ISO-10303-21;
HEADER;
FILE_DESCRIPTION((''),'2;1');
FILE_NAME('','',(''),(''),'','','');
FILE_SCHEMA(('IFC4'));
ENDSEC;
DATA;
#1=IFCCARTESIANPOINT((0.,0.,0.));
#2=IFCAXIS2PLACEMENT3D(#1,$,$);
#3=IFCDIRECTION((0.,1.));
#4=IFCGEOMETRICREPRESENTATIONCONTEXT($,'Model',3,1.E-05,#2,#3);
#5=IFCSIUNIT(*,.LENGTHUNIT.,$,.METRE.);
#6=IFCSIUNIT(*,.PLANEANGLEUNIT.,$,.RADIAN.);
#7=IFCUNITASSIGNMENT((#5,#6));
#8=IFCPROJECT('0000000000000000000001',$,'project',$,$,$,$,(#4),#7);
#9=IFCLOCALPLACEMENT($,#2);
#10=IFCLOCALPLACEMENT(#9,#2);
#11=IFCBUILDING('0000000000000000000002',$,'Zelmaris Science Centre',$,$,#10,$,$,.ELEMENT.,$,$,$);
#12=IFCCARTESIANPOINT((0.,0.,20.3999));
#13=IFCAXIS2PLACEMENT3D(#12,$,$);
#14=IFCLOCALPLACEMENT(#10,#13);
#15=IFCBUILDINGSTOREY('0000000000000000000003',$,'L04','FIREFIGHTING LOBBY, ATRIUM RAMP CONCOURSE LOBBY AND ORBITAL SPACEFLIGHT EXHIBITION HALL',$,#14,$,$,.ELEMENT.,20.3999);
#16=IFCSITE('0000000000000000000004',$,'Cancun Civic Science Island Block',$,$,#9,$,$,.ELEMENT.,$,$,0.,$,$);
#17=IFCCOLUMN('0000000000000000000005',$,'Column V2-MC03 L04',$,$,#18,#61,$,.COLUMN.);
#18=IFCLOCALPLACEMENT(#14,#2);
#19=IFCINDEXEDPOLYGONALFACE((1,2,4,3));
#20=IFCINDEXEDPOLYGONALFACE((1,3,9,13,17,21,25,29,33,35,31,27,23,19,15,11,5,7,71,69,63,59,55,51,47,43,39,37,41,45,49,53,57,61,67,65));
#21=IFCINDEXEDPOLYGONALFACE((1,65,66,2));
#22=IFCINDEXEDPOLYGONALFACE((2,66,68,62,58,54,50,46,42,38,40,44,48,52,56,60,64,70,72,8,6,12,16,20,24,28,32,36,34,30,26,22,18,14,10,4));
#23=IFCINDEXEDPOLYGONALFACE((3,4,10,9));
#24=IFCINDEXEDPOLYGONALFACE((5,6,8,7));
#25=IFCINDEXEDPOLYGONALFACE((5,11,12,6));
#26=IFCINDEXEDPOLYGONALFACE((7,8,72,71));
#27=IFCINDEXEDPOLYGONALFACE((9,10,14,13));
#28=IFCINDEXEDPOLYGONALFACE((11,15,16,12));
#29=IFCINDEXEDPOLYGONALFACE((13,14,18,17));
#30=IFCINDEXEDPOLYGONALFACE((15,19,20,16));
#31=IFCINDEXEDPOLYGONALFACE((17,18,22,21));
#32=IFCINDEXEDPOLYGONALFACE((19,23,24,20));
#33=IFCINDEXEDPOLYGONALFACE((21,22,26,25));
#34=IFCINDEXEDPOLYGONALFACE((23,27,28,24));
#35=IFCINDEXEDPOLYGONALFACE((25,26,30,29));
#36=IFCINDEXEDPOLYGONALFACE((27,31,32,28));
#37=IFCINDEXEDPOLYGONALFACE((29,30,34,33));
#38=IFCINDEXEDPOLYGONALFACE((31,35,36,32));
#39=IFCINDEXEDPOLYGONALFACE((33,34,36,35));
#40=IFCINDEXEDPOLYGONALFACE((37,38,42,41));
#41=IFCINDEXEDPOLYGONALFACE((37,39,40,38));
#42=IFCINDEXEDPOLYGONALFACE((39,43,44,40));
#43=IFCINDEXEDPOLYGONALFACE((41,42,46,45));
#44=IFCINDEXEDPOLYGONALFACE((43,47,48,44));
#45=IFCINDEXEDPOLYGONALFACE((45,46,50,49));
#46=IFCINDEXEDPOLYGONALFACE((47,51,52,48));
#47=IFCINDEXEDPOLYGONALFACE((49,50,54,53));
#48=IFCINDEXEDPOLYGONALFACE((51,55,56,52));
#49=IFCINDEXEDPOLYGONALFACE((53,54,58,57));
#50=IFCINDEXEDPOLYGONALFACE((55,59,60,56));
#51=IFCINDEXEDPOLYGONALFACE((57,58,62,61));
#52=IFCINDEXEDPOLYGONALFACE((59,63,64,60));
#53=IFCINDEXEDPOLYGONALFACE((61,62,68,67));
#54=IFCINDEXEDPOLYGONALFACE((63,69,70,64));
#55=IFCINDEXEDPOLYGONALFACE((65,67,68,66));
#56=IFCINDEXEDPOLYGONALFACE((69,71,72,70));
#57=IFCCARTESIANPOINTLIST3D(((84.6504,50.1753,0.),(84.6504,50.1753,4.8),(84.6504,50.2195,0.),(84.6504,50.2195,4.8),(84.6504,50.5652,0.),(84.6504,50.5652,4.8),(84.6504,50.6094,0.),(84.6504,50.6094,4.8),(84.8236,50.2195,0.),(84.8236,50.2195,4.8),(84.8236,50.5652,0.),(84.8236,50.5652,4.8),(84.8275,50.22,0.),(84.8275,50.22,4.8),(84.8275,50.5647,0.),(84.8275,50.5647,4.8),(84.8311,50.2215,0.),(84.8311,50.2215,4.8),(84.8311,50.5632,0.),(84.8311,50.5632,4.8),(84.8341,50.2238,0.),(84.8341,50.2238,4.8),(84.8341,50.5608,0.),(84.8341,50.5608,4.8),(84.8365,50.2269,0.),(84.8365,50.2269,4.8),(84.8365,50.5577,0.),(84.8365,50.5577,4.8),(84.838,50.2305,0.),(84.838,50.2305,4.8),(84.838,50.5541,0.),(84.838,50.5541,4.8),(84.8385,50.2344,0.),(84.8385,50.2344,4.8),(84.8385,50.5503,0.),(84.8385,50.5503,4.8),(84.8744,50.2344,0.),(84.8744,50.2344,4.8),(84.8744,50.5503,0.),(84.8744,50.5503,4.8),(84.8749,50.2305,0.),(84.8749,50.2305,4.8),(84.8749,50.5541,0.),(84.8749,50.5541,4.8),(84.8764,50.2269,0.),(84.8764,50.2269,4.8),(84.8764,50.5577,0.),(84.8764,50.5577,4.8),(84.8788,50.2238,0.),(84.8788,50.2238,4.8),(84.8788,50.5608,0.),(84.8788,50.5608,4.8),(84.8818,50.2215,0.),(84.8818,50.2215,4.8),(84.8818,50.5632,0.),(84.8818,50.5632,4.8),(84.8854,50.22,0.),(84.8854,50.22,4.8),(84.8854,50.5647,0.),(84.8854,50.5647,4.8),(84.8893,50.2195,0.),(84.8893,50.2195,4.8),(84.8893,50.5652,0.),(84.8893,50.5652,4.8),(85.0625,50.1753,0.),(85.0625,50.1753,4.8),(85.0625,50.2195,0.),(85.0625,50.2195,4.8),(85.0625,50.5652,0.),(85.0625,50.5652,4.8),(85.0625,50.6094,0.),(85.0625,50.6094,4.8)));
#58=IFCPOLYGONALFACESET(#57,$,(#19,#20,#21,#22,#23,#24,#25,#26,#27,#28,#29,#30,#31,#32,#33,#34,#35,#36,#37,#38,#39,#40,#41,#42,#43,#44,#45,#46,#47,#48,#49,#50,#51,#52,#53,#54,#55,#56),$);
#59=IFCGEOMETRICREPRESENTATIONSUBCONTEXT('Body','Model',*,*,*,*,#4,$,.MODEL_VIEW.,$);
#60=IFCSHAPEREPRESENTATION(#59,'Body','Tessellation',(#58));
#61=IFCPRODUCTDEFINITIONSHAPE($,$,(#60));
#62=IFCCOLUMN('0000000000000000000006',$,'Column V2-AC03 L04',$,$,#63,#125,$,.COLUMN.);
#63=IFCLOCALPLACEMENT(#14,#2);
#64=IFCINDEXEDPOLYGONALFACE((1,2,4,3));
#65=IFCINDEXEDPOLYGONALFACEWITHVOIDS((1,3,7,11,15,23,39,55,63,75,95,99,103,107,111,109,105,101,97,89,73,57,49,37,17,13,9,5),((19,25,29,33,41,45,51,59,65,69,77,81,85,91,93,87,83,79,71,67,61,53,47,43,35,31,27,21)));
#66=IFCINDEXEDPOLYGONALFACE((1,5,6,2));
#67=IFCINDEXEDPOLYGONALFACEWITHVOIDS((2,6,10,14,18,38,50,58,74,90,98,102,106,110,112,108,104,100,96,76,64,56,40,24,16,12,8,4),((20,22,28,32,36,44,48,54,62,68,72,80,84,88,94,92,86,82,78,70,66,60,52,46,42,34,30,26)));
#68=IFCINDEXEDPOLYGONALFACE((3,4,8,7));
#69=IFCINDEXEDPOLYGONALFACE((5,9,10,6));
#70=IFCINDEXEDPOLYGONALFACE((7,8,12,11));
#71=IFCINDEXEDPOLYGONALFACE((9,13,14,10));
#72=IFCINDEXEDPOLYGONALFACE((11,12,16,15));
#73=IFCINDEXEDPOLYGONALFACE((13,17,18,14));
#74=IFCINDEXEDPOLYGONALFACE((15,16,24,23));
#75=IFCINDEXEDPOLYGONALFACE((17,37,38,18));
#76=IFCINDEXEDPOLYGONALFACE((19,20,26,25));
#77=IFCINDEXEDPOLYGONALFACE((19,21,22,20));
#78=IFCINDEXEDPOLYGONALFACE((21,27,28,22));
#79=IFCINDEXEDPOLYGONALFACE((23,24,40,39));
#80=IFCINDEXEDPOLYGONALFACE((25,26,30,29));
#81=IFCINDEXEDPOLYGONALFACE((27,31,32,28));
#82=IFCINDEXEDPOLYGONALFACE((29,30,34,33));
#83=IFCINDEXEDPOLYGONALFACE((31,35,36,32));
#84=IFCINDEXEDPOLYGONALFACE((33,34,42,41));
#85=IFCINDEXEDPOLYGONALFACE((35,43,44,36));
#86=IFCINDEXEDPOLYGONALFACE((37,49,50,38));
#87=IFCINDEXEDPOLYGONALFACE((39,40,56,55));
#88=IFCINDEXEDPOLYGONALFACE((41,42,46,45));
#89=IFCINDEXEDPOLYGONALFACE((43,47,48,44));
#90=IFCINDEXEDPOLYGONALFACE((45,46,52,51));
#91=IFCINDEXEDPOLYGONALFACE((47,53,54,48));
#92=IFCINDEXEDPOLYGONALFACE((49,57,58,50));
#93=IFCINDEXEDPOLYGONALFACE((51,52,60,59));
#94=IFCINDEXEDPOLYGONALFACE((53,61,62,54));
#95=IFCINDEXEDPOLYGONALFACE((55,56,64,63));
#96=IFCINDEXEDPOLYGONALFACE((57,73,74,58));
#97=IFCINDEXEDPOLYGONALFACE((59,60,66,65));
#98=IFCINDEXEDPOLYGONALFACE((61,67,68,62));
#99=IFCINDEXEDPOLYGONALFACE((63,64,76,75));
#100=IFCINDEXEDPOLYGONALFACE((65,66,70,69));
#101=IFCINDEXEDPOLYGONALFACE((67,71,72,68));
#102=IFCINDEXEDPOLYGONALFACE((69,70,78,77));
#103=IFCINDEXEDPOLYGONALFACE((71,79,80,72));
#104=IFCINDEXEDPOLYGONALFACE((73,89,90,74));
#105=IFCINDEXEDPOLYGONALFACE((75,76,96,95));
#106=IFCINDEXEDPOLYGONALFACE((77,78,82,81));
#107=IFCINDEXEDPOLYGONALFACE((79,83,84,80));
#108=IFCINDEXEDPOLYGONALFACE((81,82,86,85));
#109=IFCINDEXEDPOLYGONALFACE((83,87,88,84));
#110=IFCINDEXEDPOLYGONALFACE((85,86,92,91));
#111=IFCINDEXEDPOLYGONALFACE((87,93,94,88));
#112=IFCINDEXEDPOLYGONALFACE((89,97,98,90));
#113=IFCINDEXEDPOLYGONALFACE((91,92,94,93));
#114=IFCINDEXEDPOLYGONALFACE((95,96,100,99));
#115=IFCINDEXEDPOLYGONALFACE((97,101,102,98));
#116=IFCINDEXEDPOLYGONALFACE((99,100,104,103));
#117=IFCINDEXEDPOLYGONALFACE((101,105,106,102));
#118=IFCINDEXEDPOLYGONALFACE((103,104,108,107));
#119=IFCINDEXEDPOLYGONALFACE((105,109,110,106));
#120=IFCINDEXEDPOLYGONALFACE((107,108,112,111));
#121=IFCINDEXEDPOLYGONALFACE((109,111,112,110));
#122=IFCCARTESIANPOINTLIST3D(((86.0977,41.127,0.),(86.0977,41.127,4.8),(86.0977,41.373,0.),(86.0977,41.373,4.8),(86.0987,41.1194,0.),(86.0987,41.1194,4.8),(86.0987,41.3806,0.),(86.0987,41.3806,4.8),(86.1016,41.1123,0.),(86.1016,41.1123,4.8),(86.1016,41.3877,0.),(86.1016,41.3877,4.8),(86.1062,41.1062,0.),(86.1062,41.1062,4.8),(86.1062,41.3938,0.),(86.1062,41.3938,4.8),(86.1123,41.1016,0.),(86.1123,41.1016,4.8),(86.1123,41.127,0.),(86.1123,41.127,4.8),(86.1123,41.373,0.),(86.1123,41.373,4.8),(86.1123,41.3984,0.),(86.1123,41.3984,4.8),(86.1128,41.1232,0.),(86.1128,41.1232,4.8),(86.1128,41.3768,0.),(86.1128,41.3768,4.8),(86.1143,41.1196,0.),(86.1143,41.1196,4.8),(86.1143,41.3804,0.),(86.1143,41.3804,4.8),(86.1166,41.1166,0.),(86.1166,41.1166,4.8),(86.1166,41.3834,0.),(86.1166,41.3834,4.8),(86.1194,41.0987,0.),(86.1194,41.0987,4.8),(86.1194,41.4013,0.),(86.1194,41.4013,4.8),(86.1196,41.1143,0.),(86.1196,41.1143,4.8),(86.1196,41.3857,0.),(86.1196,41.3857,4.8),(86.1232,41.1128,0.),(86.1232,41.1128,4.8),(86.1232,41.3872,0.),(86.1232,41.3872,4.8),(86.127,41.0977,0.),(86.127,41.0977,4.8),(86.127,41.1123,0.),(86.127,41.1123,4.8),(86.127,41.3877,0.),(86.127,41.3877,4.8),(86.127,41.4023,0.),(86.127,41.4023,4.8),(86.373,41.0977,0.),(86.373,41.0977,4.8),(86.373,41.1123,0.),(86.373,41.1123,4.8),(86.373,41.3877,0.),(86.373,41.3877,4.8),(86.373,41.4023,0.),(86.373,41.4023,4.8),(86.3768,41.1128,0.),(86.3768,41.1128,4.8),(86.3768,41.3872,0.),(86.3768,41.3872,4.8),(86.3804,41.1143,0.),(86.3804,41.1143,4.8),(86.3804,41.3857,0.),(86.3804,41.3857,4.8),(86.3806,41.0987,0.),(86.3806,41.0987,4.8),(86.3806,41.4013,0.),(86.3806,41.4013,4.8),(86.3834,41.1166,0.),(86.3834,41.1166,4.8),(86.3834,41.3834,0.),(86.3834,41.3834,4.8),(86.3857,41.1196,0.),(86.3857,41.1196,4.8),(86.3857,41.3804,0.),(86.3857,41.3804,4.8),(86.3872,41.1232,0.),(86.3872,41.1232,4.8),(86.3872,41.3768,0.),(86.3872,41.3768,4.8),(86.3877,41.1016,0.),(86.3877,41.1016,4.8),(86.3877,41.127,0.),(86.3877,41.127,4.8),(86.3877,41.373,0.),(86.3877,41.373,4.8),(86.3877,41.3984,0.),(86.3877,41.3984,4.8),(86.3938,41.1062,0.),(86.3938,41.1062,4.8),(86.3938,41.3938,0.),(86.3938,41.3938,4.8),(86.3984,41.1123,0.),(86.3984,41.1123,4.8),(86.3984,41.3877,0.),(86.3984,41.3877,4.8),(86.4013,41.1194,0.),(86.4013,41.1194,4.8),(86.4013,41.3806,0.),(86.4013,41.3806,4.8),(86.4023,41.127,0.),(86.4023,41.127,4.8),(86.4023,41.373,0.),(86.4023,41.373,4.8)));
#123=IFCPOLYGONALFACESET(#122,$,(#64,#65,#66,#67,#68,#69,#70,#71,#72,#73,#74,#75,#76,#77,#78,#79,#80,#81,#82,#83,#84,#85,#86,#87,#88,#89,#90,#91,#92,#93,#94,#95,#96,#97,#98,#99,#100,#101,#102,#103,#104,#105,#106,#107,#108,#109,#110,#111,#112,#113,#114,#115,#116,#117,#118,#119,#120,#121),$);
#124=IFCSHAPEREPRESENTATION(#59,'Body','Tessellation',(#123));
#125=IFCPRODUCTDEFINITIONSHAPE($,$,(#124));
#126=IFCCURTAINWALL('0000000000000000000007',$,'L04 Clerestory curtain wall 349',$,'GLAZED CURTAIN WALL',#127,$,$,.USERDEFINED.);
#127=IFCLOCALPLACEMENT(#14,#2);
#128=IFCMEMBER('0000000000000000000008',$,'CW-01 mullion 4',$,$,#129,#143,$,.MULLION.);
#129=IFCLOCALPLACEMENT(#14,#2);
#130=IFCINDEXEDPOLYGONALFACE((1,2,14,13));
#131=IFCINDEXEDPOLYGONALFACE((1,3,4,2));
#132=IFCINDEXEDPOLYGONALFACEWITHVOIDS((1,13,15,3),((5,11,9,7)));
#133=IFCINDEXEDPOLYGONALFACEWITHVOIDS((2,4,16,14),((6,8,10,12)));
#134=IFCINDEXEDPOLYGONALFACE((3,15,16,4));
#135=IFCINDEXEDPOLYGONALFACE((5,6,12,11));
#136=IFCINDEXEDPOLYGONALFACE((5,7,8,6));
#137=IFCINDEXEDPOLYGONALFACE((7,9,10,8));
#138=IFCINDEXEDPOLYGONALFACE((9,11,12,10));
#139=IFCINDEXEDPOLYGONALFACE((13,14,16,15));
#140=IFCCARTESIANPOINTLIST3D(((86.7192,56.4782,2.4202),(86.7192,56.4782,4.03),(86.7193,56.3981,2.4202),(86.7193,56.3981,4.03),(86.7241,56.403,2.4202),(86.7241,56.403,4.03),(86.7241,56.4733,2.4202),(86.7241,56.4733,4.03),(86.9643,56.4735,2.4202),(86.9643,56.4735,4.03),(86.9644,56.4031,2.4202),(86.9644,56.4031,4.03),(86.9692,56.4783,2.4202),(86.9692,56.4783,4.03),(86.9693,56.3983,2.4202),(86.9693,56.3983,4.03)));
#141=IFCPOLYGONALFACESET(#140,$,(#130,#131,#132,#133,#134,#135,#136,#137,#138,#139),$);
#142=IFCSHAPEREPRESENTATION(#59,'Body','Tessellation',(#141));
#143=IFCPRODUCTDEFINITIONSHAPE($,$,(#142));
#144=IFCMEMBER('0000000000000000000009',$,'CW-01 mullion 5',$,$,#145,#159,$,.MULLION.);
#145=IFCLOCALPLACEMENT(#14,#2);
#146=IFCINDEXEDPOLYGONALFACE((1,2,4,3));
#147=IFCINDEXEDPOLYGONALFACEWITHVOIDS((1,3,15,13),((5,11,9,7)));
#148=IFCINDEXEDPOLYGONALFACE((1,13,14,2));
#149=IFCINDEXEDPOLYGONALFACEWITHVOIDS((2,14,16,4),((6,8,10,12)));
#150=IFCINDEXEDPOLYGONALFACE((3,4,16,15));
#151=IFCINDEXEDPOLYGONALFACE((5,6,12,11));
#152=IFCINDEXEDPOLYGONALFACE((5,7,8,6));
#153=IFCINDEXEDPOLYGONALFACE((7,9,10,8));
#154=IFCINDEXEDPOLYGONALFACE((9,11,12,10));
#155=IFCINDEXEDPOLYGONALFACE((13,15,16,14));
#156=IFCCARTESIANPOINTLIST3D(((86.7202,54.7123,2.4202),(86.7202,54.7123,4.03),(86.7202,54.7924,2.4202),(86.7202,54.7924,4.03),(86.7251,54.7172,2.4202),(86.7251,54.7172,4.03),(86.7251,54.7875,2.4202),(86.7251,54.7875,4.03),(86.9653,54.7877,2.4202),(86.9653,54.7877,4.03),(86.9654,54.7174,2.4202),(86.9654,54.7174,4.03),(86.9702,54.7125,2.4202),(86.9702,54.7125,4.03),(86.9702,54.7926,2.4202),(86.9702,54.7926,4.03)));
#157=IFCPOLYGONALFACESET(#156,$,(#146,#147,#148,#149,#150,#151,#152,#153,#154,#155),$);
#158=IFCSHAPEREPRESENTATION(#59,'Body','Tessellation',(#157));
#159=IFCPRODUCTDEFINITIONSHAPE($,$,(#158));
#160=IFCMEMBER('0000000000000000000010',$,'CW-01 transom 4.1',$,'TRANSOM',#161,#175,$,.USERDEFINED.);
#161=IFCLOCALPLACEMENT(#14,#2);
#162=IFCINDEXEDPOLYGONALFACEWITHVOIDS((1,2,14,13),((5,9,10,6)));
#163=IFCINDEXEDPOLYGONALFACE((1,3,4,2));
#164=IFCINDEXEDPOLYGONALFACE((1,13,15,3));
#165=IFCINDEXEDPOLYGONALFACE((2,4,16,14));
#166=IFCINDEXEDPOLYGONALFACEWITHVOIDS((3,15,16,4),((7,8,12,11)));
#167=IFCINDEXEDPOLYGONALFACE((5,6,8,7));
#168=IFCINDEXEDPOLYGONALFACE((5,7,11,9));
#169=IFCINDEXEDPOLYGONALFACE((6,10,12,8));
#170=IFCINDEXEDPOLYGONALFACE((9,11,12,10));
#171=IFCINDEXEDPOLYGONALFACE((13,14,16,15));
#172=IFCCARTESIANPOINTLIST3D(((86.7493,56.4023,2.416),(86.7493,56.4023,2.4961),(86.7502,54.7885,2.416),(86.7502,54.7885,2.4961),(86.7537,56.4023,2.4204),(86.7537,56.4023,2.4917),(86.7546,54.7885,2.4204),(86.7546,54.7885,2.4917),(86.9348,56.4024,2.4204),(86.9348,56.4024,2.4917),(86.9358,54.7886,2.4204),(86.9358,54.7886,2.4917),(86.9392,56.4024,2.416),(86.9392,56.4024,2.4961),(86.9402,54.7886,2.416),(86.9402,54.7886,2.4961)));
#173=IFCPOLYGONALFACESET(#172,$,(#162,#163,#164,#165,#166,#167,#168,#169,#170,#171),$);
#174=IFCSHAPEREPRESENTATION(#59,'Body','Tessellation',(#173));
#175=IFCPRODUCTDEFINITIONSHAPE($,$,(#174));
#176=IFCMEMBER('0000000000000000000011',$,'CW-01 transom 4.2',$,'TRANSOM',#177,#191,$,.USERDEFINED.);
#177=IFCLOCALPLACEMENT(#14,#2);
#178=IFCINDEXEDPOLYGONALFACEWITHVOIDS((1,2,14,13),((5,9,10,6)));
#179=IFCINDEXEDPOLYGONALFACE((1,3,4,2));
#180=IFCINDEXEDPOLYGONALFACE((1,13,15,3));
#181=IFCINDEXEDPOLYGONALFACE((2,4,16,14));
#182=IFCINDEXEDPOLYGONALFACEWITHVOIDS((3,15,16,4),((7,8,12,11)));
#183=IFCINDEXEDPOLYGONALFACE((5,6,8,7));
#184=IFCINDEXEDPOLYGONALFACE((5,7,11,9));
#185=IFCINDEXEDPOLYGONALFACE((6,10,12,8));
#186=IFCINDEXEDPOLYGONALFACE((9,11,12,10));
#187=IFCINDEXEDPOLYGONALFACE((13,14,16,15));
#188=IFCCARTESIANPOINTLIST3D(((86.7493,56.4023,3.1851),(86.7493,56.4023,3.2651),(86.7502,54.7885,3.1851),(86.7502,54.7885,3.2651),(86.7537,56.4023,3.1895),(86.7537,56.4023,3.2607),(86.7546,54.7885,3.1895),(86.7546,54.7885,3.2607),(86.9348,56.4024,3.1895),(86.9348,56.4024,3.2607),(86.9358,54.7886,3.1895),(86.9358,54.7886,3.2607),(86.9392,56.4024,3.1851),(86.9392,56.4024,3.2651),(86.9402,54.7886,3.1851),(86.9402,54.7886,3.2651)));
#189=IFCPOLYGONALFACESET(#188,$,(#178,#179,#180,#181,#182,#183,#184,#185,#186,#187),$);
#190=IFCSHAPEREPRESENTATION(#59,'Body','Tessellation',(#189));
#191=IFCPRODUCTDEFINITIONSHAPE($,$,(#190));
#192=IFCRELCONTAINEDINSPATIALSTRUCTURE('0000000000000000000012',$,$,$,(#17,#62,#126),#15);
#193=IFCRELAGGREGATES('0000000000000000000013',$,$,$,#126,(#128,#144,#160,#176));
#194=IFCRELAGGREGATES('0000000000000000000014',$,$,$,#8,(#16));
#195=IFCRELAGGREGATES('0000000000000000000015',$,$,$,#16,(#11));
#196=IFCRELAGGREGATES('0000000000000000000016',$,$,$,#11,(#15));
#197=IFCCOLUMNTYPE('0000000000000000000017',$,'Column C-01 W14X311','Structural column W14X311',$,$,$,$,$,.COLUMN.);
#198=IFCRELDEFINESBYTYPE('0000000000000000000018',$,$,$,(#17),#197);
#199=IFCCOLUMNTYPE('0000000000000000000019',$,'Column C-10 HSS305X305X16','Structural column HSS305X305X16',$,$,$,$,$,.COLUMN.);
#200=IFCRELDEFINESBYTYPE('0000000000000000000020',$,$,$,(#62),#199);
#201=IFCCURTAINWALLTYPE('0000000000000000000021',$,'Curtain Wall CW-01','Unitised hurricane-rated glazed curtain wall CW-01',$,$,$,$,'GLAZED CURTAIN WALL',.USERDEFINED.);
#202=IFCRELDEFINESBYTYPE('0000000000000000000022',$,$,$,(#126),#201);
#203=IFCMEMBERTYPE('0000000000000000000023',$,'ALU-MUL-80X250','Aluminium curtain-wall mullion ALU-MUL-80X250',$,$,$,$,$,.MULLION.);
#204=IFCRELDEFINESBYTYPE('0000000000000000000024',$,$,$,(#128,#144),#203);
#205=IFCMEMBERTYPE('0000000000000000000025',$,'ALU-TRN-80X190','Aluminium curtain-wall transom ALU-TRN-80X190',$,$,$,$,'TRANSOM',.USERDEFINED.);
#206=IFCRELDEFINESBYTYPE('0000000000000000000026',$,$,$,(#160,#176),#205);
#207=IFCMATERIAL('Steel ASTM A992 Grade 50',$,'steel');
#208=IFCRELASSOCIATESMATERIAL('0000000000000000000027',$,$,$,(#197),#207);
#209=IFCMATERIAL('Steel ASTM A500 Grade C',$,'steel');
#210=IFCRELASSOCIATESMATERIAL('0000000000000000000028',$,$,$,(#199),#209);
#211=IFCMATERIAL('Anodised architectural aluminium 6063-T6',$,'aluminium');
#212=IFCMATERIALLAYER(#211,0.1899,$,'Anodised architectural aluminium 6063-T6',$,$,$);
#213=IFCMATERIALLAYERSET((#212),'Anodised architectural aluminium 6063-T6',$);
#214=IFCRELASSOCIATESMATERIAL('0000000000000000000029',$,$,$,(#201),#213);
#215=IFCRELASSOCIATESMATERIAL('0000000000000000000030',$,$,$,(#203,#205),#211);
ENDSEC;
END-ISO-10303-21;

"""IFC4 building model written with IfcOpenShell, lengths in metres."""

from ifc_helpers import new_model, si_unit, direction, frame, origin, origin_2d, place, context, subcontext, project, spatial, hollow_rectangle, i_section, extrude, material, layer, layer_set, material_profile, profile_set, type_object, element, aggregate, save


model = new_model("IFC4")

# Units and contexts
model_context = context("Model", 3, precision=1e-05, world=origin(), true_north=direction((0.0, 1.0)))
body_context = subcontext(model_context, "Body", "Model", "MODEL_VIEW")
ifc_project = project(units=[si_unit("LENGTHUNIT", "METRE"), si_unit("PLANEANGLEUNIT", "RADIAN")], contexts=[model_context])

# Site, building, storey
site_placement = place(None, origin())
site = spatial("IfcSite", under=ifc_project, at=site_placement, Name="Cancun Civic Science Island Block", CompositionType="ELEMENT", RefElevation=0.0)
building_placement = place(site_placement, origin())
building = spatial("IfcBuilding", under=site, at=building_placement, Name="Zelmaris Science Centre", CompositionType="ELEMENT")
storey_placement = place(building_placement, frame((0.0, 0.0, 20.3999)))
storey = spatial("IfcBuildingStorey", under=building, at=storey_placement, Name="L04", Description="FIREFIGHTING LOBBY, ATRIUM RAMP CONCOURSE LOBBY AND ORBITAL SPACEFLIGHT EXHIBITION HALL", CompositionType="ELEMENT", Elevation=20.3999)

# Columns
ifc_material_1 = material(Name="Steel ASTM A992 Grade 50", Category="steel")
ifc_material_profile_1 = material_profile(ifc_material_1, i_section(OverallWidth=0.4121, OverallDepth=0.4341, WebThickness=0.0359, FlangeThickness=0.0442, FilletRadius=0.0149, at=origin_2d()), Name="W14X311")
ifc_profile_set_1 = profile_set([ifc_material_profile_1], Name="Steel ASTM A992 Grade 50")
column_type_1 = type_object("IfcColumnType", Name="Column C-01 W14X311", Description="Structural column W14X311", PredefinedType="COLUMN", material=ifc_profile_set_1)
column_1_placement = place(storey_placement, frame((84.8564, 50.3923, 0.0), z_axis=(0.0, 0.0, 1.0), x_axis=(1.0, 0.0, 0.0)))
element("IfcColumn", 1, at=column_1_placement, inside=storey, type_object=column_type_1, Name="Column V2-MC03 L04", PredefinedType="COLUMN", context=body_context, shape_type="SweptSolid", body=[
    extrude(i_section(OverallWidth=0.4121, OverallDepth=0.4341, WebThickness=0.0359, FlangeThickness=0.0442, FilletRadius=0.0149, at=origin_2d()), origin(), (0.0, 0.0, 1.0), 4.8),
])
ifc_material_2 = material(Name="Steel ASTM A500 Grade C", Category="steel")
ifc_material_profile_2 = material_profile(ifc_material_2, hollow_rectangle(XDim=0.3047, YDim=0.3047, WallThickness=0.0146, InnerFilletRadius=0.0146, OuterFilletRadius=0.0293, at=origin_2d()), Name="HSS305X305X16")
ifc_profile_set_2 = profile_set([ifc_material_profile_2], Name="Steel ASTM A500 Grade C")
column_type_2 = type_object("IfcColumnType", Name="Column C-10 HSS305X305X16", Description="Structural column HSS305X305X16", PredefinedType="COLUMN", material=ifc_profile_set_2)
column_2_placement = place(storey_placement, frame((86.25, 41.25, 0.0), z_axis=(0.0, 0.0, 1.0), x_axis=(1.0, 0.0, 0.0)))
element("IfcColumn", 2, at=column_2_placement, inside=storey, type_object=column_type_2, Name="Column V2-AC03 L04", PredefinedType="COLUMN", context=body_context, shape_type="SweptSolid", body=[
    extrude(hollow_rectangle(XDim=0.3047, YDim=0.3047, WallThickness=0.0146, InnerFilletRadius=0.0146, OuterFilletRadius=0.0293, at=origin_2d()), origin(), (0.0, 0.0, 1.0), 4.8),
])

# Curtain wall, members
ifc_material_3 = material(Name="Anodised architectural aluminium 6063-T6", Category="aluminium")
ifc_layer_1 = layer(ifc_material_3, 0.1899, Name="Anodised architectural aluminium 6063-T6")
ifc_layer_set_1 = layer_set([ifc_layer_1], Name="Anodised architectural aluminium 6063-T6")
curtain_wall_type = type_object("IfcCurtainWallType", Name="Curtain Wall CW-01", Description="Unitised hurricane-rated glazed curtain wall CW-01", ElementType="GLAZED CURTAIN WALL", PredefinedType="USERDEFINED", material=ifc_layer_set_1)
curtain_wall_placement = place(storey_placement, origin())
curtain_wall = element("IfcCurtainWall", 3, at=curtain_wall_placement, inside=storey, type_object=curtain_wall_type, Name="L04 Clerestory curtain wall 349", ObjectType="GLAZED CURTAIN WALL", PredefinedType="USERDEFINED")
ifc_material_profile_3 = material_profile(ifc_material_3, hollow_rectangle(XDim=0.0801, YDim=0.25, WallThickness=0.0049, at=origin_2d()), Name="ALU-MUL-80X250")
ifc_profile_set_3 = profile_set([ifc_material_profile_3], Name="Anodised architectural aluminium 6063-T6")
member_type_1 = type_object("IfcMemberType", Name="ALU-MUL-80X250", Description="Aluminium curtain-wall mullion ALU-MUL-80X250", PredefinedType="MULLION", material=ifc_profile_set_3)
member_1_placement = place(storey_placement, frame((86.8442, 56.4382, 2.4202), z_axis=(0.0, 0.0, 1.0), x_axis=(0.000586, -1.0, 0.0)))
member_1 = element("IfcMember", 4, at=member_1_placement, type_object=member_type_1, Name="CW-01 mullion 4", PredefinedType="MULLION", context=body_context, shape_type="SweptSolid", body=[
    extrude(hollow_rectangle(XDim=0.0801, YDim=0.25, WallThickness=0.0049, at=origin_2d()), origin(), (0.0, 0.0, 1.0), 1.6099),
])
member_2_placement = place(storey_placement, frame((86.8452, 54.7524, 2.4202), z_axis=(0.0, 0.0, 1.0), x_axis=(0.000586, -1.0, 0.0)))
member_2 = element("IfcMember", 5, at=member_2_placement, type_object=member_type_1, Name="CW-01 mullion 5", PredefinedType="MULLION", context=body_context, shape_type="SweptSolid", body=[
    extrude(hollow_rectangle(XDim=0.0801, YDim=0.25, WallThickness=0.0049, at=origin_2d()), origin(), (0.0, 0.0, 1.0), 1.6099),
])
ifc_material_profile_4 = material_profile(ifc_material_3, hollow_rectangle(XDim=0.0801, YDim=0.1899, WallThickness=0.0044, at=origin_2d()), Name="ALU-TRN-80X190")
ifc_profile_set_4 = profile_set([ifc_material_profile_4], Name="Anodised architectural aluminium 6063-T6")
member_type_2 = type_object("IfcMemberType", Name="ALU-TRN-80X190", Description="Aluminium curtain-wall transom ALU-TRN-80X190", ElementType="TRANSOM", PredefinedType="USERDEFINED", material=ifc_profile_set_4)
member_3_placement = place(storey_placement, frame((86.8442, 56.4023, 2.4561), z_axis=(0.000605, -1.0, 0.0), x_axis=(0.0, 0.0, 1.0)))
member_3 = element("IfcMember", 6, at=member_3_placement, type_object=member_type_2, Name="CW-01 transom 4.1", ObjectType="TRANSOM", PredefinedType="USERDEFINED", context=body_context, shape_type="SweptSolid", body=[
    extrude(hollow_rectangle(XDim=0.0801, YDim=0.1899, WallThickness=0.0044, at=origin_2d()), origin(), (0.0, 0.0, 1.0), 1.6138),
])
member_4_placement = place(storey_placement, frame((86.8442, 56.4023, 3.2251), z_axis=(0.000605, -1.0, 0.0), x_axis=(0.0, 0.0, 1.0)))
member_4 = element("IfcMember", 7, at=member_4_placement, type_object=member_type_2, Name="CW-01 transom 4.2", ObjectType="TRANSOM", PredefinedType="USERDEFINED", context=body_context, shape_type="SweptSolid", body=[
    extrude(hollow_rectangle(XDim=0.0801, YDim=0.1899, WallThickness=0.0044, at=origin_2d()), origin(), (0.0, 0.0, 1.0), 1.6138),
])

aggregate(curtain_wall, [member_1, member_2, member_3, member_4])

save(model, "model.ifc")
